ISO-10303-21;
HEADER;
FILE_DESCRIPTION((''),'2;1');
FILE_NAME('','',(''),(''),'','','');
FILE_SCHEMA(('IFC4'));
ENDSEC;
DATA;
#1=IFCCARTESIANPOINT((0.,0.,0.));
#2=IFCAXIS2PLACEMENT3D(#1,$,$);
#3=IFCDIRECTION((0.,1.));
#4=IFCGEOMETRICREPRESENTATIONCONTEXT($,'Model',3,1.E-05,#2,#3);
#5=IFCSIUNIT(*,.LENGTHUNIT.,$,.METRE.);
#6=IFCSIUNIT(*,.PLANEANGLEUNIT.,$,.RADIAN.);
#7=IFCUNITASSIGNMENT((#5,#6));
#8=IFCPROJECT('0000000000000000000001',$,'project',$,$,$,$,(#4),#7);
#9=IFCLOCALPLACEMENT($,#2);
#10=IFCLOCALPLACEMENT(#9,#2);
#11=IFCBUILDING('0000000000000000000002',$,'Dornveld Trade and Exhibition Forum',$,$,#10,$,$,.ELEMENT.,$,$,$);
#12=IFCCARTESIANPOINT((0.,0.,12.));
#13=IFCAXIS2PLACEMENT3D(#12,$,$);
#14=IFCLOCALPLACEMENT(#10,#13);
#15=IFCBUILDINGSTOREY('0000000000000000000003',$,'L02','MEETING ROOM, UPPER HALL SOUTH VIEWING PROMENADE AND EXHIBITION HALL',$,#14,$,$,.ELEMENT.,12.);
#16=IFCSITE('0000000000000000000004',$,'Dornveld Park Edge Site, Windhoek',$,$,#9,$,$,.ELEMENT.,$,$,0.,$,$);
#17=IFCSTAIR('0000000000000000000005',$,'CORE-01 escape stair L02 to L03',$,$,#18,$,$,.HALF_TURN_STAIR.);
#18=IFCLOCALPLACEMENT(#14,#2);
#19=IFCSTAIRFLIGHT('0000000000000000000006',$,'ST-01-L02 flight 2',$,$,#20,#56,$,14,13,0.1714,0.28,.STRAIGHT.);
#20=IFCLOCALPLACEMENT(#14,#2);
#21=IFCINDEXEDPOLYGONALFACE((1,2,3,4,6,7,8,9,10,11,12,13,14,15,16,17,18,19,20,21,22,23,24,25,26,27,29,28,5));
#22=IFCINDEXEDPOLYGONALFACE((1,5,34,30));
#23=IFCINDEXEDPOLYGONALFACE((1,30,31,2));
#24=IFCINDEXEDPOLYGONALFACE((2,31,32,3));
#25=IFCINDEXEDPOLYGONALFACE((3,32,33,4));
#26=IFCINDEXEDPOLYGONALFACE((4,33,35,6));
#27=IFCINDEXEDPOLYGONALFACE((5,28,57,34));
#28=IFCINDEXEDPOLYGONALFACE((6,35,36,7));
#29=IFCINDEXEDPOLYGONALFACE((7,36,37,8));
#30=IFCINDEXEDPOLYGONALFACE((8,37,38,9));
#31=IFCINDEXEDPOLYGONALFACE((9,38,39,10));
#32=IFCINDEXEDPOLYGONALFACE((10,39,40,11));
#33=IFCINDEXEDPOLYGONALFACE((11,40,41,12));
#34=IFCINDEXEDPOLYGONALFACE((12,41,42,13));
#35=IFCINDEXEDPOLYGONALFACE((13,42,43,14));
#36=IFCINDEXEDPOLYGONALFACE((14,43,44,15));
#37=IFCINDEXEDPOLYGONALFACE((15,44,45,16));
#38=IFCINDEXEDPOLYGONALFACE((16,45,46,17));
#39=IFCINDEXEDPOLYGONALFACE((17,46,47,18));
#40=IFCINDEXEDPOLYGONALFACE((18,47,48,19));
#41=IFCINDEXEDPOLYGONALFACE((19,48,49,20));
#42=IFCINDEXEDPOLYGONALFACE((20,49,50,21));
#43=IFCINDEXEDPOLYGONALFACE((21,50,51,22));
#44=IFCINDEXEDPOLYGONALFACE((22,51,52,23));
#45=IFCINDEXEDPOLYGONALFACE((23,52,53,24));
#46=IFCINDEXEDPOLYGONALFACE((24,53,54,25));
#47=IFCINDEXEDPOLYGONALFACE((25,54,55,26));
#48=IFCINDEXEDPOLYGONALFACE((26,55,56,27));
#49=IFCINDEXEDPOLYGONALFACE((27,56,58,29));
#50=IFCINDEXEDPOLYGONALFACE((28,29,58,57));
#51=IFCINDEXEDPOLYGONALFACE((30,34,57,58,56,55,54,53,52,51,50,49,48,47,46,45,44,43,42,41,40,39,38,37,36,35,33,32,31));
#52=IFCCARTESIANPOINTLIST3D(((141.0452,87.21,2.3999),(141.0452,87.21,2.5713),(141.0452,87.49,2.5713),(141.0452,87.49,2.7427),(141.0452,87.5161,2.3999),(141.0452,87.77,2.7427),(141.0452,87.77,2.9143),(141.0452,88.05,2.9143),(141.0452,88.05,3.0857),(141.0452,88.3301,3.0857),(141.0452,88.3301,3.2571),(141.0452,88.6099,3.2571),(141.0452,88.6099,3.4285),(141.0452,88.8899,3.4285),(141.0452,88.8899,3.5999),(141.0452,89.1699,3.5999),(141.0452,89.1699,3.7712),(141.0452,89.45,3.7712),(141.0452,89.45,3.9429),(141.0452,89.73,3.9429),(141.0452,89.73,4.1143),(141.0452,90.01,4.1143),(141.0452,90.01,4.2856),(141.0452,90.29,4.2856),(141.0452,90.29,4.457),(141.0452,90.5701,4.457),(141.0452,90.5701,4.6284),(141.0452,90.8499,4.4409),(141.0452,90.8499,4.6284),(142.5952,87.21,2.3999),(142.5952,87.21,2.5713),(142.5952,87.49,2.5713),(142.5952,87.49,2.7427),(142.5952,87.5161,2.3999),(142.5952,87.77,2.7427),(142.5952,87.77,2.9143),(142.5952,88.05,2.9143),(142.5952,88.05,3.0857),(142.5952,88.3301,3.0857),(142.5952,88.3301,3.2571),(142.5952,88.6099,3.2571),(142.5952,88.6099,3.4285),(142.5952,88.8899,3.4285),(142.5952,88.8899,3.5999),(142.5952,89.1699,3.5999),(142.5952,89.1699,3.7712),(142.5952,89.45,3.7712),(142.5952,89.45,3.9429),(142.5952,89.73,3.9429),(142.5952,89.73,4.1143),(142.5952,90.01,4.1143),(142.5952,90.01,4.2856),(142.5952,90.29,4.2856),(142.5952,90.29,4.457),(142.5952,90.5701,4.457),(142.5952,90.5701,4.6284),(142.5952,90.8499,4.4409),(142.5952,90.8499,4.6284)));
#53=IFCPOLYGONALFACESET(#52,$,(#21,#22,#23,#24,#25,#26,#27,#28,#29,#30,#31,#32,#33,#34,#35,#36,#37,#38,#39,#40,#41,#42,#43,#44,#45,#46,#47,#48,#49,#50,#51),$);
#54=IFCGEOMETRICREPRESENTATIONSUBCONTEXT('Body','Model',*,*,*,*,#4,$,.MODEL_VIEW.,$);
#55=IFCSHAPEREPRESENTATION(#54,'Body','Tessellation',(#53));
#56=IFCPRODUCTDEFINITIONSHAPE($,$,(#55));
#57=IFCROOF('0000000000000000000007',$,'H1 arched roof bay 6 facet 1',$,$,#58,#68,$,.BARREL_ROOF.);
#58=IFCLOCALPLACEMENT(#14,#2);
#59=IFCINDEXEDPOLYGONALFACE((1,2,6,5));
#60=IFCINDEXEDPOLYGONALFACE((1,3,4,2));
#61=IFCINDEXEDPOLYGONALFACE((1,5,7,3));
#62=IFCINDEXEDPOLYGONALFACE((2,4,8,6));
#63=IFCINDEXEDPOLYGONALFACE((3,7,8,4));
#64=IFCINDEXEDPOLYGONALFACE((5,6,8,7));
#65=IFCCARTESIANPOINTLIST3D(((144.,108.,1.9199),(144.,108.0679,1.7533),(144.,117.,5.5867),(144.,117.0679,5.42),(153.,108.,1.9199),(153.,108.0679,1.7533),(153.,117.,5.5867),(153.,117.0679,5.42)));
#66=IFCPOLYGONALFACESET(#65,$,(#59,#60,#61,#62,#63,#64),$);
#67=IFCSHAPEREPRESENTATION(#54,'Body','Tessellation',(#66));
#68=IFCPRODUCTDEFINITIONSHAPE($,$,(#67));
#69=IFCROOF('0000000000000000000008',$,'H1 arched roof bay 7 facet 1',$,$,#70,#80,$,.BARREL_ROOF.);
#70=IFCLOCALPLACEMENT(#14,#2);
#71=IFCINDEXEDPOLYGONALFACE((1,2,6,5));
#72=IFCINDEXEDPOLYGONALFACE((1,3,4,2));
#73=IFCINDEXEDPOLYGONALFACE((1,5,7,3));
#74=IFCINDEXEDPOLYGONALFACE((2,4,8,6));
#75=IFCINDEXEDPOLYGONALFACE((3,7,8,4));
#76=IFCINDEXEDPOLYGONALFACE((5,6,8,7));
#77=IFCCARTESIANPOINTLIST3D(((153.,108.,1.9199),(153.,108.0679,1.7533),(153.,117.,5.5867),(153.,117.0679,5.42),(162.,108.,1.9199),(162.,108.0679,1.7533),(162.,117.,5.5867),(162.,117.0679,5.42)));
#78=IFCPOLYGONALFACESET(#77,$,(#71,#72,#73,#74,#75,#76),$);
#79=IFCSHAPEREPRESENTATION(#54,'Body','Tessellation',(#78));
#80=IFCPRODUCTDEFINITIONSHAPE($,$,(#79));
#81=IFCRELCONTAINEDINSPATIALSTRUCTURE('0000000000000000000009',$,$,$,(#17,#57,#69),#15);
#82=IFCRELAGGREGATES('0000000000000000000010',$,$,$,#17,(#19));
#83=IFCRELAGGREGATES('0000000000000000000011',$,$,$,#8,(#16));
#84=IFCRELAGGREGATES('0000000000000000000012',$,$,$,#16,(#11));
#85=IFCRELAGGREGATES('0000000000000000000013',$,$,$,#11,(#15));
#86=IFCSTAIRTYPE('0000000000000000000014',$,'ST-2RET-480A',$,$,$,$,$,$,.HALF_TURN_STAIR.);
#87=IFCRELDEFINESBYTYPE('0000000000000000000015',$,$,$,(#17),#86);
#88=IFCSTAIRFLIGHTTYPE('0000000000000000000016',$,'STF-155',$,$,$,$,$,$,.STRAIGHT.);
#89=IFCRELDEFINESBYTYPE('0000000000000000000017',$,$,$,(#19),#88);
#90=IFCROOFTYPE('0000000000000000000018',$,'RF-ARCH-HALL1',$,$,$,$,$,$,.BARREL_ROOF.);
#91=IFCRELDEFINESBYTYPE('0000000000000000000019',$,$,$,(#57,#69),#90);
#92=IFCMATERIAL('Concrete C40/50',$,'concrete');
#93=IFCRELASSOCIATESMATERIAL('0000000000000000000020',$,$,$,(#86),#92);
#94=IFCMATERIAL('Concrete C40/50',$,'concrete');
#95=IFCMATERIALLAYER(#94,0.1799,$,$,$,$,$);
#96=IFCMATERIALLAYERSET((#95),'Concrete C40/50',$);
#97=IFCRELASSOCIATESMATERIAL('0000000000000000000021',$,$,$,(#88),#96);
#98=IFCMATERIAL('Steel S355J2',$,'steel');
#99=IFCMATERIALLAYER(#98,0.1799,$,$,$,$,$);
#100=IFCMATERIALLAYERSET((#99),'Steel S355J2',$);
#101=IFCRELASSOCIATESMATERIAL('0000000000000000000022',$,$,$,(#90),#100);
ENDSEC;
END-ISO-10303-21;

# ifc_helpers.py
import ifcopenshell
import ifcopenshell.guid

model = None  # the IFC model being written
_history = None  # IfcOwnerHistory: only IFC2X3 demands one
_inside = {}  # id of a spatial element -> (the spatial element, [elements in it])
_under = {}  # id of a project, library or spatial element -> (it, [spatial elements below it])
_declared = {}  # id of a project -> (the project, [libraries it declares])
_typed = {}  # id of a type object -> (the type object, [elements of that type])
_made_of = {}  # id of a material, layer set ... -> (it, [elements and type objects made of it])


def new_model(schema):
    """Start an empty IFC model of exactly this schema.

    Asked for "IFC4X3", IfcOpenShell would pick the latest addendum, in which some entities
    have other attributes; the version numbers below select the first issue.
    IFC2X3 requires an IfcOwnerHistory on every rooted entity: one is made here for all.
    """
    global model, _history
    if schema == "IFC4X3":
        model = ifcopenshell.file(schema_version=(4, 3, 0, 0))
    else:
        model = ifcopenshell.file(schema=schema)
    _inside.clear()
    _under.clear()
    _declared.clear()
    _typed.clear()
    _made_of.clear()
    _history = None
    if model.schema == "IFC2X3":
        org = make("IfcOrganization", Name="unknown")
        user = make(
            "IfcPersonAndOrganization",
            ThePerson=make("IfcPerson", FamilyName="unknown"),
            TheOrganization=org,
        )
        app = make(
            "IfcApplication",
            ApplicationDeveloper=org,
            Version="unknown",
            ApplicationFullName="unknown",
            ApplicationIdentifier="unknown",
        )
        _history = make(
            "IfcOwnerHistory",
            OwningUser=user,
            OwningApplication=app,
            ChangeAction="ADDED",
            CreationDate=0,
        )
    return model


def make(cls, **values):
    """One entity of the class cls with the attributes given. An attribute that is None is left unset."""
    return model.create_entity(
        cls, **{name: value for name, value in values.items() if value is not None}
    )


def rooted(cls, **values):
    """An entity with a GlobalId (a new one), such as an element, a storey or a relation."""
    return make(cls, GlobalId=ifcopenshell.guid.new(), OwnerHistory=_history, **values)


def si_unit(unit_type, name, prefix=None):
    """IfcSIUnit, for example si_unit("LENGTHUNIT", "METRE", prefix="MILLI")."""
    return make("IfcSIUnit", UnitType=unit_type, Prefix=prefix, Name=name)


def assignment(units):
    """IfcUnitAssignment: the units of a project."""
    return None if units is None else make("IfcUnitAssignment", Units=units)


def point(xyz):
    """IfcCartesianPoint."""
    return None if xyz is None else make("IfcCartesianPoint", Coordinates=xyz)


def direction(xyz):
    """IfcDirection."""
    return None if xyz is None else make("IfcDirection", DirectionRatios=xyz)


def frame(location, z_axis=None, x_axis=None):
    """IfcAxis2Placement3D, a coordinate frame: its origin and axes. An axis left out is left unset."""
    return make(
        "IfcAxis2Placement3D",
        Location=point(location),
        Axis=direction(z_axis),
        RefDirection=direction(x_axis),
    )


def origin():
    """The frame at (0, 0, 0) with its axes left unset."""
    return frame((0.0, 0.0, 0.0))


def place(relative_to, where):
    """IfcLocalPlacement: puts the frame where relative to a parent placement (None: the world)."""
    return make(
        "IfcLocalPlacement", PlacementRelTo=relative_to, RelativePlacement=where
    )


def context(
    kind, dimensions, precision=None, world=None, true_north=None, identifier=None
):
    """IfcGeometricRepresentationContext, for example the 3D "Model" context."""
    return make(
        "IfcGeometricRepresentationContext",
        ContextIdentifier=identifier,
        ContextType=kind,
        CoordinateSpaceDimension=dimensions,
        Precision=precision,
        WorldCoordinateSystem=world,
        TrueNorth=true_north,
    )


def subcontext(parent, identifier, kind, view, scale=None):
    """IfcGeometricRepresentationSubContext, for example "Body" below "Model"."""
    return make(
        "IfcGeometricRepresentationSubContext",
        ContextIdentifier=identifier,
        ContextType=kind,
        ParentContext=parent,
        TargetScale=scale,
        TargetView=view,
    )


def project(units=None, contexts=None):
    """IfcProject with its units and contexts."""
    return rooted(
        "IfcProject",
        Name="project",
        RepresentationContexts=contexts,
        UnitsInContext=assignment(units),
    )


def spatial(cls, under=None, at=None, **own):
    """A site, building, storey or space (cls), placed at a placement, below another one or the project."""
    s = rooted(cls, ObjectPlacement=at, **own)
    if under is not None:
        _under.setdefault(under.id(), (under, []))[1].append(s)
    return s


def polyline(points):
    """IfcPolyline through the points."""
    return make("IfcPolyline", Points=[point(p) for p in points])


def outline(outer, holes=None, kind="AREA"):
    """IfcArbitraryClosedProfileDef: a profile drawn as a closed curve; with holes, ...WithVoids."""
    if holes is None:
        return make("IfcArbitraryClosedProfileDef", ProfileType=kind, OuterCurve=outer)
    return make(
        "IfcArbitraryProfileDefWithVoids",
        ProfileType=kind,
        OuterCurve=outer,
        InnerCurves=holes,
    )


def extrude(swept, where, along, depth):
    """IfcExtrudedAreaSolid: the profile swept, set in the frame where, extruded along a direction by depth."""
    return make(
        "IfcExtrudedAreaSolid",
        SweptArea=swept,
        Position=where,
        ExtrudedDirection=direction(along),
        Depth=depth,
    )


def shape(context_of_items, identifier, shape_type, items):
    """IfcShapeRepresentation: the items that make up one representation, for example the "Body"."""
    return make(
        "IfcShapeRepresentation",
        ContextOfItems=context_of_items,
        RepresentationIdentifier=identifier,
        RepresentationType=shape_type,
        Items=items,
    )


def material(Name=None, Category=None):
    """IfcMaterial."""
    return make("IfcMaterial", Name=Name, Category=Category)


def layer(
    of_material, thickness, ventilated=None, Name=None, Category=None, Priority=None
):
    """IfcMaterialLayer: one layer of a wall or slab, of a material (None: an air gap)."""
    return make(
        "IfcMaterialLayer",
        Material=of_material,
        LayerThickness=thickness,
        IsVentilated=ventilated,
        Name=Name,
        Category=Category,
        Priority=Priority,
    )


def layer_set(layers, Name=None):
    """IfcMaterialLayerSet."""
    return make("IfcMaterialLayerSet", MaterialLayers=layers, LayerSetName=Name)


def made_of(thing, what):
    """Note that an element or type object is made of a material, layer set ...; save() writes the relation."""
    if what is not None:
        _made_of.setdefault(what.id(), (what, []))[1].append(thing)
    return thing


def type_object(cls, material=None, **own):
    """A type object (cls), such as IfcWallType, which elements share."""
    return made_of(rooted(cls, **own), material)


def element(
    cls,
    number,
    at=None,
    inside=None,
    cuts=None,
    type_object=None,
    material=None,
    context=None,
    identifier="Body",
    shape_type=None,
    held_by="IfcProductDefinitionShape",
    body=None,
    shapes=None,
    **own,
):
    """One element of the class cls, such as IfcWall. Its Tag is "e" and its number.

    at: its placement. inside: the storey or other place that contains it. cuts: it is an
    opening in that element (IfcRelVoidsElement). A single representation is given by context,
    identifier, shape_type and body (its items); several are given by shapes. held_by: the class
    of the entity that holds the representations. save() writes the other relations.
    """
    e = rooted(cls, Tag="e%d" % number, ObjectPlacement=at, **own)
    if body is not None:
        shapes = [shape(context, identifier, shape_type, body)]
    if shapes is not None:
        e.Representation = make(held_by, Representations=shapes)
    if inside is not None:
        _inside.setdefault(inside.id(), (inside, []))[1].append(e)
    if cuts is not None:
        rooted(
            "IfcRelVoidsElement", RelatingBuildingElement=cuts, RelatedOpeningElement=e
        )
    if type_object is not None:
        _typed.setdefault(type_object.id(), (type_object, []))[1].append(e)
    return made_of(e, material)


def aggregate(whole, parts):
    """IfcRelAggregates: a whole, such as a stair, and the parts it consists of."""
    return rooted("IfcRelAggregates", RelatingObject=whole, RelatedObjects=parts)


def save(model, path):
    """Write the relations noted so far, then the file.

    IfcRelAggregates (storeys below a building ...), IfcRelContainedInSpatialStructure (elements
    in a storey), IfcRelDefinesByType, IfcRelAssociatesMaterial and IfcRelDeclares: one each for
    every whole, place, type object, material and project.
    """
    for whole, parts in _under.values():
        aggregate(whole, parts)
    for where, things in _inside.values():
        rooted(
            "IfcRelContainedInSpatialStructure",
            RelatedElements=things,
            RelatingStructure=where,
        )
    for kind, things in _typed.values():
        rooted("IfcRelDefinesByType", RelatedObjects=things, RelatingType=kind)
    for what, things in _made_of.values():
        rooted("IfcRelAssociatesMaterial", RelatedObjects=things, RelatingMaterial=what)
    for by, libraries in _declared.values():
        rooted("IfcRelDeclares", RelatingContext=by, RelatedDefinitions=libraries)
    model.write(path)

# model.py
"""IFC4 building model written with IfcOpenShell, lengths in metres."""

from ifc_helpers import new_model, si_unit, direction, frame, origin, place, context, subcontext, project, spatial, polyline, outline, extrude, material, layer, layer_set, type_object, element, aggregate, save


model = new_model("IFC4")

# Units and contexts
model_context = context("Model", 3, precision=1e-05, world=origin(), true_north=direction((0.0, 1.0)))
body_context = subcontext(model_context, "Body", "Model", "MODEL_VIEW")
ifc_project = project(units=[si_unit("LENGTHUNIT", "METRE"), si_unit("PLANEANGLEUNIT", "RADIAN")], contexts=[model_context])

# Site, building, storey
site_placement = place(None, origin())
site = spatial("IfcSite", under=ifc_project, at=site_placement, Name="Dornveld Park Edge Site, Windhoek", CompositionType="ELEMENT", RefElevation=0.0)
building_placement = place(site_placement, origin())
building = spatial("IfcBuilding", under=site, at=building_placement, Name="Dornveld Trade and Exhibition Forum", CompositionType="ELEMENT")
storey_placement = place(building_placement, frame((0.0, 0.0, 12.0)))
storey = spatial("IfcBuildingStorey", under=building, at=storey_placement, Name="L02", Description="MEETING ROOM, UPPER HALL SOUTH VIEWING PROMENADE AND EXHIBITION HALL", CompositionType="ELEMENT", Elevation=12.0)

# Stair, stair flight
ifc_material_1 = material(Name="Concrete C40/50", Category="concrete")
stair_type = type_object("IfcStairType", Name="ST-2RET-480A", PredefinedType="HALF_TURN_STAIR", material=ifc_material_1)
stair_placement = place(storey_placement, origin())
stair = element("IfcStair", 1, at=stair_placement, inside=storey, type_object=stair_type, Name="CORE-01 escape stair L02 to L03", PredefinedType="HALF_TURN_STAIR")
ifc_material_2 = material(Name="Concrete C40/50", Category="concrete")
ifc_layer_1 = layer(ifc_material_2, 0.1799)
ifc_layer_set_1 = layer_set([ifc_layer_1], Name="Concrete C40/50")
stair_flight_type = type_object("IfcStairFlightType", Name="STF-155", PredefinedType="STRAIGHT", material=ifc_layer_set_1)
stair_flight_1_placement = place(storey_placement, frame((141.8201, 87.21, 2.3999), z_axis=(0.0, 0.0, 1.0), x_axis=(0.0, 1.0, 0.0)))
stair_flight_1 = element("IfcStairFlight", 2, at=stair_flight_1_placement, type_object=stair_flight_type, Name="ST-01-L02 flight 2", NumberOfRisers=14, NumberOfTreads=13, PredefinedType="STRAIGHT", RiserHeight=0.1714, TreadLength=0.28, context=body_context, shape_type="SweptSolid", body=[
    extrude(outline(polyline([(0.0, 0.0), (0.0, 0.1714), (0.28, 0.1714), (0.28, 0.3428), (0.5601, 0.3428), (0.5601, 0.5144), (0.8401, 0.5144), (0.8401, 0.6858), (1.1201, 0.6858), (1.1201, 0.8572), (1.3999, 0.8572), (1.3999, 1.0286), (1.6799, 1.0286), (1.6799, 1.2), (1.96, 1.2), (1.96, 1.3713), (2.24, 1.3713), (2.24, 1.543), (2.52, 1.543), (2.52, 1.7144), (2.8, 1.7144), (2.8, 1.8857), (3.0801, 1.8857), (3.0801, 2.0571), (3.3601, 2.0571), (3.3601, 2.2285), (3.6399, 2.2285), (3.6399, 2.3999), (3.6399, 2.041), (0.3062, 0.0), (0.0, 0.0)])), frame((0.0, 0.7749, 0.0), z_axis=(0.0, -1.0, 0.0), x_axis=(1.0, 0.0, 0.0)), (0.0, 0.0, 1.0), 1.55),
])
aggregate(stair, [stair_flight_1])

# Roofs
ifc_material_3 = material(Name="Steel S355J2", Category="steel")
ifc_layer_2 = layer(ifc_material_3, 0.1799)
ifc_layer_set_2 = layer_set([ifc_layer_2], Name="Steel S355J2")
roof_type = type_object("IfcRoofType", Name="RF-ARCH-HALL1", PredefinedType="BARREL_ROOF", material=ifc_layer_set_2)
for number, where, z_axis, x_axis, name in (
    (3, (144.0, 108.0, 1.9199), (0.0, -0.377304, 0.926089), (1.0, 0.0, 0.0), "H1 arched roof bay 6 facet 1"),
    (4, (153.0, 108.0, 1.9199), (0.0, -0.377304, 0.926089), (1.0, 0.0, 0.0), "H1 arched roof bay 7 facet 1"),
):
    element("IfcRoof", number, at=place(storey_placement, frame(where, z_axis=z_axis, x_axis=x_axis)), inside=storey, type_object=roof_type, Name=name, PredefinedType="BARREL_ROOF", context=body_context, shape_type="SweptSolid", body=[
        extrude(outline(polyline([(0.0, 0.0), (9.0, 0.0), (9.0, 9.7183), (0.0, 9.7183), (0.0, 0.0)])), origin(), (0.0, 0.0, -1.0), 0.1799),
    ])

save(model, "model.ifc")
